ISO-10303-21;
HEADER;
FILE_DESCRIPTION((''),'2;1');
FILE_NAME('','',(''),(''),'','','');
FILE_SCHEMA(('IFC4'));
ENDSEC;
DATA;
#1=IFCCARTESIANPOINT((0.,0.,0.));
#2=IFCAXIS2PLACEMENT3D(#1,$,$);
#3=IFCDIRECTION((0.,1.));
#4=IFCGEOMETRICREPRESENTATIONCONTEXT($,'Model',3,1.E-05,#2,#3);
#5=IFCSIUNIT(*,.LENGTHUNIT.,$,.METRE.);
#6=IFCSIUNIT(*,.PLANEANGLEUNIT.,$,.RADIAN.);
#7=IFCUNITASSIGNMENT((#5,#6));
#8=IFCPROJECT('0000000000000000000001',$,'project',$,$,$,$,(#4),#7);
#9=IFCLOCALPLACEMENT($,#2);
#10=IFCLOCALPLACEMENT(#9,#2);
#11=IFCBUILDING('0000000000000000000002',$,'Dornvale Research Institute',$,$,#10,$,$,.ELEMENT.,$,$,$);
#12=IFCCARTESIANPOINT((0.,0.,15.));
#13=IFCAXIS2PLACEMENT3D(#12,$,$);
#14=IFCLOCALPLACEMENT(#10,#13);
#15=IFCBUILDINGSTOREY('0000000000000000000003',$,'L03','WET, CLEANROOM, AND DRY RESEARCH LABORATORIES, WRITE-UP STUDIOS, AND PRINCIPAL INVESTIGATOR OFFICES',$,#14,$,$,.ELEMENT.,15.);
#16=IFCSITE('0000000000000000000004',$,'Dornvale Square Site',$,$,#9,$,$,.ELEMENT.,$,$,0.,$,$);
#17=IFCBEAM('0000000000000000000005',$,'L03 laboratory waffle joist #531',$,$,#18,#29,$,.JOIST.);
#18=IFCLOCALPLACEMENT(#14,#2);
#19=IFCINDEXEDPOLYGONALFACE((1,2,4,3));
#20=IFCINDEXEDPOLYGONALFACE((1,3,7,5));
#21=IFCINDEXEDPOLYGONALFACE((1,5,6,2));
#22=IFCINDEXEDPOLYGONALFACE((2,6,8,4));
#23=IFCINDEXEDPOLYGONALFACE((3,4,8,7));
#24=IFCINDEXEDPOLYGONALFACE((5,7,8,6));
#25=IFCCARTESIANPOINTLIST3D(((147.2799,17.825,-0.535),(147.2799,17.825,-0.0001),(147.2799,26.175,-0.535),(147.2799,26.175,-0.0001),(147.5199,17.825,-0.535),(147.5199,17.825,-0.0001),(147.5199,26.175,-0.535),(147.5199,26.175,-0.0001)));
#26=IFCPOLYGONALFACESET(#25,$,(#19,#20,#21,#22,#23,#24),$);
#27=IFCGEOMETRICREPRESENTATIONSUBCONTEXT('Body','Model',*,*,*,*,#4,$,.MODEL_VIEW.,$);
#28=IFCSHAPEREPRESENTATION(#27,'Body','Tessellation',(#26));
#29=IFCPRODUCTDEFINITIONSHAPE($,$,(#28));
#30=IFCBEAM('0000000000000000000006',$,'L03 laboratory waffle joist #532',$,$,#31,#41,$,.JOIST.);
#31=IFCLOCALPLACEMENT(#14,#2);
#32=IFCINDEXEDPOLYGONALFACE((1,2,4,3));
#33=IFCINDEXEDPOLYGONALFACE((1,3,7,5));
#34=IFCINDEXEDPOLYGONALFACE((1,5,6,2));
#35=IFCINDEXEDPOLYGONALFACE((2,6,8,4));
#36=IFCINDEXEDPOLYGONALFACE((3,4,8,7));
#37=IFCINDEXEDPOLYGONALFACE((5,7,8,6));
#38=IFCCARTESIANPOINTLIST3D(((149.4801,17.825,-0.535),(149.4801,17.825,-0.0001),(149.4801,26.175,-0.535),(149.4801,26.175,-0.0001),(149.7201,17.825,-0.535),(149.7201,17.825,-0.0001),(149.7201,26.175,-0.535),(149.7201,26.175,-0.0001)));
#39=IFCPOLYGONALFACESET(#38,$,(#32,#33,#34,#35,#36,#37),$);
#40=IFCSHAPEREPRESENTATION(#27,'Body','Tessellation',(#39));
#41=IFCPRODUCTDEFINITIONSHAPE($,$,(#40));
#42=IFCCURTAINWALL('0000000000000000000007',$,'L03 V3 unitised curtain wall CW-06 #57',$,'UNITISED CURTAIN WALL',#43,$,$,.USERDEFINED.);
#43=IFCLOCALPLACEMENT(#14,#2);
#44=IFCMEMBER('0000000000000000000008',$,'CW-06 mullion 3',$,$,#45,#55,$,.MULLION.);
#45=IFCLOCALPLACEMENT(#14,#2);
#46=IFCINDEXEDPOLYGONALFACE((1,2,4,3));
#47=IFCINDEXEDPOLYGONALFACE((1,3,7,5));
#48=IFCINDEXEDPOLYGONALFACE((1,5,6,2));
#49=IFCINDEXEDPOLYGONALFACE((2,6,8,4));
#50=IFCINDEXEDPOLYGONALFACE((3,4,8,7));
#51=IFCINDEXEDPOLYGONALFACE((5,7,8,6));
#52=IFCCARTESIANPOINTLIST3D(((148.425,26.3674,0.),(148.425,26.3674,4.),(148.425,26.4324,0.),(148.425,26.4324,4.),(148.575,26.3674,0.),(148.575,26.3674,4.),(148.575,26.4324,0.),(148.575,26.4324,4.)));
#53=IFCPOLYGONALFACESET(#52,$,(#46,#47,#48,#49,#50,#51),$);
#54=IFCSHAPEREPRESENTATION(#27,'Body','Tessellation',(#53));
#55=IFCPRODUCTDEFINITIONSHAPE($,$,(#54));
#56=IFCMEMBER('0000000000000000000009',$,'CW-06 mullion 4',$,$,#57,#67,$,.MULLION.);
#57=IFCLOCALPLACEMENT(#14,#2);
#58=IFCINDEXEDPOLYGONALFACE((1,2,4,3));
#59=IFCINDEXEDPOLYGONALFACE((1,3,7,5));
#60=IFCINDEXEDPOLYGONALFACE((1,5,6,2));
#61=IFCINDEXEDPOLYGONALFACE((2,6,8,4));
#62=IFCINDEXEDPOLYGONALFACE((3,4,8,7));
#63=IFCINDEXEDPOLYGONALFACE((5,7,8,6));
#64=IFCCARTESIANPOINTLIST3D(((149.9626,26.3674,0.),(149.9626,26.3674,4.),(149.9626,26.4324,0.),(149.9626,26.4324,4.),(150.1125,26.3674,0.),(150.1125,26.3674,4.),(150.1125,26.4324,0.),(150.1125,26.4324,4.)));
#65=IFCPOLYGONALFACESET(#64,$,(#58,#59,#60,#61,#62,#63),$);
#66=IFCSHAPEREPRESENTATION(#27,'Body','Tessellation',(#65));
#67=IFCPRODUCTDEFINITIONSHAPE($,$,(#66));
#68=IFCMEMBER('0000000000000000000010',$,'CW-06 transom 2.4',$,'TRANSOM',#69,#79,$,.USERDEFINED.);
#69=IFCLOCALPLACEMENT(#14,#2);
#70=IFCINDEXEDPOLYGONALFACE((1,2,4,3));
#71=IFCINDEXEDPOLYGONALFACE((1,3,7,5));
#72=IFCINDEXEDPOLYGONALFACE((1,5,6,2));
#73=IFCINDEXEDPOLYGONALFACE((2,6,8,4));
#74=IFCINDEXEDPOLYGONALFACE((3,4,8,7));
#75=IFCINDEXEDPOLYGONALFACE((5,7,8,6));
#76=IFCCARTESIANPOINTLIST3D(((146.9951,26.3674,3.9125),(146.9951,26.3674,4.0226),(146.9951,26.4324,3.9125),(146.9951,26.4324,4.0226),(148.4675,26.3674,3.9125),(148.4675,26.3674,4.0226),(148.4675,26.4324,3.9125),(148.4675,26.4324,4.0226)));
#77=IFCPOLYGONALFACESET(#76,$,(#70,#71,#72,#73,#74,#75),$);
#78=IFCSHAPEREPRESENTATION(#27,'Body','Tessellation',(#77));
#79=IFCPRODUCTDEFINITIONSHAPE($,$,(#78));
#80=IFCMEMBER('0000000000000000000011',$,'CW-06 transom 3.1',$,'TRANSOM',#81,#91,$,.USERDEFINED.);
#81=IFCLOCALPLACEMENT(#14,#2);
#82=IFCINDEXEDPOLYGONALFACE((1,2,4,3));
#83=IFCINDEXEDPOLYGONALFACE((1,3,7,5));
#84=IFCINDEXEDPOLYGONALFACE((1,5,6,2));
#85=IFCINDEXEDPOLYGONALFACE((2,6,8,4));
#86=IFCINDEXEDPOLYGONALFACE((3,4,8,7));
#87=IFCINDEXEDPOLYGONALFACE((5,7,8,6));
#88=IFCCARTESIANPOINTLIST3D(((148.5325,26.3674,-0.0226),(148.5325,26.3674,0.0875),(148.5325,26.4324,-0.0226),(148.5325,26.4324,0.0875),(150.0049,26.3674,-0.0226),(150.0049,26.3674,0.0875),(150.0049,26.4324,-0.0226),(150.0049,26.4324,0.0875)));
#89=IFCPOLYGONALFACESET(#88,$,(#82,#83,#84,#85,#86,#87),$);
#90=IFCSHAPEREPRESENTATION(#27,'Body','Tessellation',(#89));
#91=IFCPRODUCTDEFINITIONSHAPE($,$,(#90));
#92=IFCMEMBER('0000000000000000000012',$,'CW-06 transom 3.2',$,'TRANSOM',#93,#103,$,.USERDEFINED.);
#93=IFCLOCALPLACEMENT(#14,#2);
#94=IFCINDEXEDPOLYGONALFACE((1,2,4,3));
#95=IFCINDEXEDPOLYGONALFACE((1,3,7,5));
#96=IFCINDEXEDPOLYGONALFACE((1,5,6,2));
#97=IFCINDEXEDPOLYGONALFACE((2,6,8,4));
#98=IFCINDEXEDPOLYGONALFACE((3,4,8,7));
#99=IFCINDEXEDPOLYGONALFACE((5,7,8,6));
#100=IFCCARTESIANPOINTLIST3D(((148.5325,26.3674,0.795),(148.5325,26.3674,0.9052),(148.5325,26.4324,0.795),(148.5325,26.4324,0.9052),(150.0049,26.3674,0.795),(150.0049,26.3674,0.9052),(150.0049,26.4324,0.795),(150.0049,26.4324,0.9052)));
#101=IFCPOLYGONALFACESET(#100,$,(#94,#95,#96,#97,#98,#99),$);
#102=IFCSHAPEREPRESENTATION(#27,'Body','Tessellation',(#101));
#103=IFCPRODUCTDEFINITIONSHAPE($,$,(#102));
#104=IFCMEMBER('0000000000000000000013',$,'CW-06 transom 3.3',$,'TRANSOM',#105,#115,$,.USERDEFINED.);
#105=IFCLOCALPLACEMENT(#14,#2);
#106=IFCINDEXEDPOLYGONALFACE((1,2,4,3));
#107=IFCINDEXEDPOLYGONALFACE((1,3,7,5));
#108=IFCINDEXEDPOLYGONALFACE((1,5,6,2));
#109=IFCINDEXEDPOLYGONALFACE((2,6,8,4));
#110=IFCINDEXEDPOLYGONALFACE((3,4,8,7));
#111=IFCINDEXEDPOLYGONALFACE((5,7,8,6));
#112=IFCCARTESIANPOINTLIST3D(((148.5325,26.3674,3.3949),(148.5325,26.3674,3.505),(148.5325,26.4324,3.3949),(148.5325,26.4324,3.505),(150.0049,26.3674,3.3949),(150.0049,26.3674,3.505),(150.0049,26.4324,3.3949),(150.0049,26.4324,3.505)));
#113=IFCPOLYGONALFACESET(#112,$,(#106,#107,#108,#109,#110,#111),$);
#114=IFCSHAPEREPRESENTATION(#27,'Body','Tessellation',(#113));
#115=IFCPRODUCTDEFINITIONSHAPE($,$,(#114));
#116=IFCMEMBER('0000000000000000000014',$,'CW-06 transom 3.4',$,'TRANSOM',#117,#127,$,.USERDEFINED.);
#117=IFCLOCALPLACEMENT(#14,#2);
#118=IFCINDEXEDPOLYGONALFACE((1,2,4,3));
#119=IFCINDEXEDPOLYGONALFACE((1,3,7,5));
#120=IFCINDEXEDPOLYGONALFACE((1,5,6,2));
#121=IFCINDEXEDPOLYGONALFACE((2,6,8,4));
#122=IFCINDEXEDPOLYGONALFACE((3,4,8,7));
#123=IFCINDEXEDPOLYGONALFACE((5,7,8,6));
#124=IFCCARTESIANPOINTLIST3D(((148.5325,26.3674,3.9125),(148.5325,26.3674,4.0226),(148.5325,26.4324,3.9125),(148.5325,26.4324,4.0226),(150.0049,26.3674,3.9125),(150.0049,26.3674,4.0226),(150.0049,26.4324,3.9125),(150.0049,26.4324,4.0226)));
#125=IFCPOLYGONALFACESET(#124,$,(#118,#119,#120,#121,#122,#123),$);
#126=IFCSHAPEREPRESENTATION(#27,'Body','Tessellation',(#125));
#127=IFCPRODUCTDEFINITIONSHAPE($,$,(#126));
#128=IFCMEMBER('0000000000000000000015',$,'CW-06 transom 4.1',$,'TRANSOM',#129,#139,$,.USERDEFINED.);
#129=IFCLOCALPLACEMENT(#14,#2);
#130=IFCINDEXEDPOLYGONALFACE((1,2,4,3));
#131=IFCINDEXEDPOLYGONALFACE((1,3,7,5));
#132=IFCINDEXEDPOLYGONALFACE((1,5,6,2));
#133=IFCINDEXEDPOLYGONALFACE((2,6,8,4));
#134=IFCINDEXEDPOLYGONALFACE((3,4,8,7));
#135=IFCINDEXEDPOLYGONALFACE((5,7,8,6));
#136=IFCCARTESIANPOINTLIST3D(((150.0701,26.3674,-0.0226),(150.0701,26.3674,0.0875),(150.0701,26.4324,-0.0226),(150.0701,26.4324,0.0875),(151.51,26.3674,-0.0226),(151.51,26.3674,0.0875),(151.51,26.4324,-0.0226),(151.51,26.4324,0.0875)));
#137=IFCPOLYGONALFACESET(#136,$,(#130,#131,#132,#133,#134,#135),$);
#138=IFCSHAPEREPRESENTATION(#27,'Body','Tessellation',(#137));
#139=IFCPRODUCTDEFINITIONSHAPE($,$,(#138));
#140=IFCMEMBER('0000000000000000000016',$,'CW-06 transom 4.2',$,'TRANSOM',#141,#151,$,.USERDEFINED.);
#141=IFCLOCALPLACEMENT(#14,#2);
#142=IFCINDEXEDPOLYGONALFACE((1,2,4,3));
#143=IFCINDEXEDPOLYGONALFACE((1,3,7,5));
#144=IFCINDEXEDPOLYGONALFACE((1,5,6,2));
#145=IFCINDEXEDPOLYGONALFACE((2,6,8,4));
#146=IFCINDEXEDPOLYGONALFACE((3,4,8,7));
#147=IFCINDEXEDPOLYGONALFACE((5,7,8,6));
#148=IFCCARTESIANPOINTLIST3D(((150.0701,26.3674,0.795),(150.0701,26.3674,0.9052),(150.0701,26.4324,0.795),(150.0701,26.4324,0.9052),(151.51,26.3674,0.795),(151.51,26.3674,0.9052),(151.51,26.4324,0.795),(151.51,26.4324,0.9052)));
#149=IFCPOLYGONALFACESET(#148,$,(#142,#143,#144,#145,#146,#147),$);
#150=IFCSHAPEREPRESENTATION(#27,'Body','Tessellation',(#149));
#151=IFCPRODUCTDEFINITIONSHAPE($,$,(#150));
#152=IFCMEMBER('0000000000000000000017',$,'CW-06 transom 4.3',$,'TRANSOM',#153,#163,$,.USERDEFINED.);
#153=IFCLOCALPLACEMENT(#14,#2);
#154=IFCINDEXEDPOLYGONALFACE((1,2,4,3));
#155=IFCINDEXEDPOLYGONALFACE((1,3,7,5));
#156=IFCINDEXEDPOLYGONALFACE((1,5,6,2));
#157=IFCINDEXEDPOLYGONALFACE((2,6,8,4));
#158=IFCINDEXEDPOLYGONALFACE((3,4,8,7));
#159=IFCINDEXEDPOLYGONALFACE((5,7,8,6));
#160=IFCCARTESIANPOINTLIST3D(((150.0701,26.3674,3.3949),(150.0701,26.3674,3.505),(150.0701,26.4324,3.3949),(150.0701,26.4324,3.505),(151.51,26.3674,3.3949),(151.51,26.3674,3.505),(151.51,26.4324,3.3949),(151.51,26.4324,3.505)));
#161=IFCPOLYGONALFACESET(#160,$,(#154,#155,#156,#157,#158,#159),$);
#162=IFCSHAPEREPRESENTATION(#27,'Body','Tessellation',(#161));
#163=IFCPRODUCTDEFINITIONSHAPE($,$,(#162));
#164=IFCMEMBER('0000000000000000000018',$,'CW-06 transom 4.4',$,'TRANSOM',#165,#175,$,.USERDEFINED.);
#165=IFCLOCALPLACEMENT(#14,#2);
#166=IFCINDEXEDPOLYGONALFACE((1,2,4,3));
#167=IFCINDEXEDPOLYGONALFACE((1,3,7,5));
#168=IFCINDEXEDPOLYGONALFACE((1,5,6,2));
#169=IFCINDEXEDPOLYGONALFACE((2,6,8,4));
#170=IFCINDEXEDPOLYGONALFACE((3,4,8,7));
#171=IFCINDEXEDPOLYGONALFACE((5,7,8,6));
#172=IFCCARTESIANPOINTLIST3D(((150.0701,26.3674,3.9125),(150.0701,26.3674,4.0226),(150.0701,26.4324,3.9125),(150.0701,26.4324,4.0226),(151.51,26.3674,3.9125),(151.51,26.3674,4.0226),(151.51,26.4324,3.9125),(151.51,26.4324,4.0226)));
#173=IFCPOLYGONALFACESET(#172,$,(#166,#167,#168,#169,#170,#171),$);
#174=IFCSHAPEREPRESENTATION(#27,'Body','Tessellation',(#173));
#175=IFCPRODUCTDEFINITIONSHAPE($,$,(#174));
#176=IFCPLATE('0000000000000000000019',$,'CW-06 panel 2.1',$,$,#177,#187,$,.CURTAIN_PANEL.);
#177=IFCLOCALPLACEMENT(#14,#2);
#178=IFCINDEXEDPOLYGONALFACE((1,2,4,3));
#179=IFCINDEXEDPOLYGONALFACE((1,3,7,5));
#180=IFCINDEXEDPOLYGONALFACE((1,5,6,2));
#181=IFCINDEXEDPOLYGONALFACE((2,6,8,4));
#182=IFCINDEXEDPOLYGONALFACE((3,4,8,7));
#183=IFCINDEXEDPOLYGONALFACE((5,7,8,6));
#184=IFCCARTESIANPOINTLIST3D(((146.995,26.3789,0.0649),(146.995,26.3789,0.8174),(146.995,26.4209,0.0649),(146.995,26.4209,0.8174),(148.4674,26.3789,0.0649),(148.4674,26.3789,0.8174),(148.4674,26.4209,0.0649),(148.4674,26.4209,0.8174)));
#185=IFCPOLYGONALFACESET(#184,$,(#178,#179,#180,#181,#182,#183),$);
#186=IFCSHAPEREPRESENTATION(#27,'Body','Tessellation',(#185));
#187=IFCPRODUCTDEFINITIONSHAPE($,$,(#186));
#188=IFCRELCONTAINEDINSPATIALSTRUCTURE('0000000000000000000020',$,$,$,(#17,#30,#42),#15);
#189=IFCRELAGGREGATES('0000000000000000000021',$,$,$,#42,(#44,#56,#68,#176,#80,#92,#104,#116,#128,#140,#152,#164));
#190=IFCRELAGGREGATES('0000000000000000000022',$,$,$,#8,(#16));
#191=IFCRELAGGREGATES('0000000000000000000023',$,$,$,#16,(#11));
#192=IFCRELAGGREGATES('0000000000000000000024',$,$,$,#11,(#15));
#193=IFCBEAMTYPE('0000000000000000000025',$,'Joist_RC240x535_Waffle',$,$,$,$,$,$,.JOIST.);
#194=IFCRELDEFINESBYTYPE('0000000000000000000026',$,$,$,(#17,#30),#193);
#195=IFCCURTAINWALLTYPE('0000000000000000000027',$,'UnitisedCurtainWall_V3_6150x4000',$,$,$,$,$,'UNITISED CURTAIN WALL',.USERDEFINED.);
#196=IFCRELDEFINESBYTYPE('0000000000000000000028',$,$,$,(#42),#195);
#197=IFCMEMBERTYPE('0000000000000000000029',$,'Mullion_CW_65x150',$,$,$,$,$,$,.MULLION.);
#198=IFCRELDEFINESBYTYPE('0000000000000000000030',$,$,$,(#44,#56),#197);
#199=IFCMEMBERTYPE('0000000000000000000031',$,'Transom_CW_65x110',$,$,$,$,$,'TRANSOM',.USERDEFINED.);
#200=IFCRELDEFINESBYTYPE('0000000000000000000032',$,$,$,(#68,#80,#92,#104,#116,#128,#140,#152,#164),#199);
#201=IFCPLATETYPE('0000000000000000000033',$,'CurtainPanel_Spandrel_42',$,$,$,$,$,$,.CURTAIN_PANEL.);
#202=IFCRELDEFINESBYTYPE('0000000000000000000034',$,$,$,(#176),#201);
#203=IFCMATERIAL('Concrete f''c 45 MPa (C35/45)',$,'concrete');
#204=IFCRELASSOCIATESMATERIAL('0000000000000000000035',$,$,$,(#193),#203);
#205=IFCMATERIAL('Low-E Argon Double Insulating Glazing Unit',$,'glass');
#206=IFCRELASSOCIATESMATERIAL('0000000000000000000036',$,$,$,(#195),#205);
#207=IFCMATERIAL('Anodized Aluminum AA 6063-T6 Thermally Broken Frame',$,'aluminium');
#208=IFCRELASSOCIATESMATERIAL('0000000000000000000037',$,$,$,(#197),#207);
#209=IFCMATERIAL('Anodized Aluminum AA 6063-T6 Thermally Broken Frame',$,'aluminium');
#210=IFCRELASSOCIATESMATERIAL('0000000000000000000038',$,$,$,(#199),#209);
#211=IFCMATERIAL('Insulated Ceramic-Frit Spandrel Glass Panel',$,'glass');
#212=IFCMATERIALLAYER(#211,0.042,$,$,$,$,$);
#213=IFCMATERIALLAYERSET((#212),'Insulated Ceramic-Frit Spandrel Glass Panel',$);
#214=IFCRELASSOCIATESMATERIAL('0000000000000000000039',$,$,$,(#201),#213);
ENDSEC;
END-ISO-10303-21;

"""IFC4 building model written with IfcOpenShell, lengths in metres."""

from ifc_helpers import new_model, si_unit, direction, frame, origin, origin_2d, place, context, subcontext, project, spatial, rectangle, extrude, material, layer, layer_set, material_profile, profile_set, type_object, element, aggregate, save


model = new_model("IFC4")

# Units and contexts
model_context = context("Model", 3, precision=1e-05, world=origin(), true_north=direction((0.0, 1.0)))
body_context = subcontext(model_context, "Body", "Model", "MODEL_VIEW")
ifc_project = project(units=[si_unit("LENGTHUNIT", "METRE"), si_unit("PLANEANGLEUNIT", "RADIAN")], contexts=[model_context])

# Site, building, storey
site_placement = place(None, origin())
site = spatial("IfcSite", under=ifc_project, at=site_placement, Name="Dornvale Square Site", CompositionType="ELEMENT", RefElevation=0.0)
building_placement = place(site_placement, origin())
building = spatial("IfcBuilding", under=site, at=building_placement, Name="Dornvale Research Institute", CompositionType="ELEMENT")
storey_placement = place(building_placement, frame((0.0, 0.0, 15.0)))
storey = spatial("IfcBuildingStorey", under=building, at=storey_placement, Name="L03", Description="WET, CLEANROOM, AND DRY RESEARCH LABORATORIES, WRITE-UP STUDIOS, AND PRINCIPAL INVESTIGATOR OFFICES", CompositionType="ELEMENT", Elevation=15.0)

# Beams
ifc_material_1 = material(Name="Concrete f'c 45 MPa (C35/45)", Category="concrete")
ifc_material_profile_1 = material_profile(ifc_material_1, rectangle(XDim=0.24, YDim=0.5349, at=origin_2d()), Name="RC 240x535")
ifc_profile_set_1 = profile_set([ifc_material_profile_1], Name="Concrete f'c 45 MPa (C35/45)")
beam_type = type_object("IfcBeamType", Name="Joist_RC240x535_Waffle", PredefinedType="JOIST", material=ifc_profile_set_1)
for number, where, z_axis, x_axis, name in (
    (1, (147.3999, 17.825, -0.2676), (0.0, 1.0, 0.0), (-1.0, 0.0, 0.0), "L03 laboratory waffle joist #531"),
    (2, (149.6001, 17.825, -0.2676), (0.0, 1.0, 0.0), (-1.0, 0.0, 0.0), "L03 laboratory waffle joist #532"),
):
    element("IfcBeam", number, at=place(storey_placement, frame(where, z_axis=z_axis, x_axis=x_axis)), inside=storey, type_object=beam_type, Name=name, PredefinedType="JOIST", context=body_context, shape_type="SweptSolid", body=[
        extrude(rectangle(XDim=0.24, YDim=0.5349, at=origin_2d()), origin(), (0.0, 0.0, 1.0), 8.3501),
    ])

# Curtain wall, members, plate
ifc_material_2 = material(Name="Low-E Argon Double Insulating Glazing Unit", Category="glass")
curtain_wall_type = type_object("IfcCurtainWallType", Name="UnitisedCurtainWall_V3_6150x4000", ElementType="UNITISED CURTAIN WALL", PredefinedType="USERDEFINED", material=ifc_material_2)
curtain_wall_placement = place(storey_placement, origin())
curtain_wall = element("IfcCurtainWall", 3, at=curtain_wall_placement, inside=storey, type_object=curtain_wall_type, Name="L03 V3 unitised curtain wall CW-06 #57", ObjectType="UNITISED CURTAIN WALL", PredefinedType="USERDEFINED")
ifc_material_3 = material(Name="Anodized Aluminum AA 6063-T6 Thermally Broken Frame", Category="aluminium")
ifc_material_profile_2 = material_profile(ifc_material_3, rectangle(XDim=0.0649, YDim=0.1499, at=origin_2d()), Name="ALU MULLION 65x150")
ifc_profile_set_2 = profile_set([ifc_material_profile_2], Name="Anodized Aluminum AA 6063-T6 Thermally Broken Frame")
member_type_1 = type_object("IfcMemberType", Name="Mullion_CW_65x150", PredefinedType="MULLION", material=ifc_profile_set_2)
member_1_placement = place(storey_placement, frame((148.5, 26.3999, 0.0), z_axis=(0.0, 0.0, 1.0), x_axis=(0.0, 1.0, 0.0)))
member_1 = element("IfcMember", 4, at=member_1_placement, type_object=member_type_1, Name="CW-06 mullion 3", PredefinedType="MULLION", context=body_context, shape_type="SweptSolid", body=[
    extrude(rectangle(XDim=0.0649, YDim=0.1499, at=origin_2d()), origin(), (0.0, 0.0, 1.0), 4.0),
])
member_2_placement = place(storey_placement, frame((150.0376, 26.3999, 0.0), z_axis=(0.0, 0.0, 1.0), x_axis=(0.0, 1.0, 0.0)))
member_2 = element("IfcMember", 5, at=member_2_placement, type_object=member_type_1, Name="CW-06 mullion 4", PredefinedType="MULLION", context=body_context, shape_type="SweptSolid", body=[
    extrude(rectangle(XDim=0.0649, YDim=0.1499, at=origin_2d()), origin(), (0.0, 0.0, 1.0), 4.0),
])
ifc_material_4 = material(Name="Anodized Aluminum AA 6063-T6 Thermally Broken Frame", Category="aluminium")
ifc_material_profile_3 = material_profile(ifc_material_4, rectangle(XDim=0.0649, YDim=0.1101, at=origin_2d()), Name="ALU TRANSOM 65x110")
ifc_profile_set_3 = profile_set([ifc_material_profile_3], Name="Anodized Aluminum AA 6063-T6 Thermally Broken Frame")
member_type_2 = type_object("IfcMemberType", Name="Transom_CW_65x110", ElementType="TRANSOM", PredefinedType="USERDEFINED", material=ifc_profile_set_3)
member_3_placement = place(storey_placement, frame((146.9951, 26.3999, 3.9675), z_axis=(1.0, 0.0, 0.0), x_axis=(0.0, 1.0, 0.0)))
member_3 = element("IfcMember", 6, at=member_3_placement, type_object=member_type_2, Name="CW-06 transom 2.4", ObjectType="TRANSOM", PredefinedType="USERDEFINED", context=body_context, shape_type="SweptSolid", body=[
    extrude(rectangle(XDim=0.0649, YDim=0.1101, at=origin_2d()), origin(), (0.0, 0.0, 1.0), 1.4724),
])
member_4_placement = place(storey_placement, frame((148.5325, 26.3999, 0.0325), z_axis=(1.0, 0.0, 0.0), x_axis=(0.0, 1.0, 0.0)))
member_4 = element("IfcMember", 7, at=member_4_placement, type_object=member_type_2, Name="CW-06 transom 3.1", ObjectType="TRANSOM", PredefinedType="USERDEFINED", context=body_context, shape_type="SweptSolid", body=[
    extrude(rectangle(XDim=0.0649, YDim=0.1101, at=origin_2d()), origin(), (0.0, 0.0, 1.0), 1.4724),
])
member_5_placement = place(storey_placement, frame((148.5325, 26.3999, 0.8501), z_axis=(1.0, 0.0, 0.0), x_axis=(0.0, 1.0, 0.0)))
member_5 = element("IfcMember", 8, at=member_5_placement, type_object=member_type_2, Name="CW-06 transom 3.2", ObjectType="TRANSOM", PredefinedType="USERDEFINED", context=body_context, shape_type="SweptSolid", body=[
    extrude(rectangle(XDim=0.0649, YDim=0.1101, at=origin_2d()), origin(), (0.0, 0.0, 1.0), 1.4724),
])
member_6_placement = place(storey_placement, frame((148.5325, 26.3999, 3.45), z_axis=(1.0, 0.0, 0.0), x_axis=(0.0, 1.0, 0.0)))
member_6 = element("IfcMember", 9, at=member_6_placement, type_object=member_type_2, Name="CW-06 transom 3.3", ObjectType="TRANSOM", PredefinedType="USERDEFINED", context=body_context, shape_type="SweptSolid", body=[
    extrude(rectangle(XDim=0.0649, YDim=0.1101, at=origin_2d()), origin(), (0.0, 0.0, 1.0), 1.4724),
])
member_7_placement = place(storey_placement, frame((148.5325, 26.3999, 3.9675), z_axis=(1.0, 0.0, 0.0), x_axis=(0.0, 1.0, 0.0)))
member_7 = element("IfcMember", 10, at=member_7_placement, type_object=member_type_2, Name="CW-06 transom 3.4", ObjectType="TRANSOM", PredefinedType="USERDEFINED", context=body_context, shape_type="SweptSolid", body=[
    extrude(rectangle(XDim=0.0649, YDim=0.1101, at=origin_2d()), origin(), (0.0, 0.0, 1.0), 1.4724),
])
member_8_placement = place(storey_placement, frame((150.0701, 26.3999, 0.0325), z_axis=(1.0, 0.0, 0.0), x_axis=(0.0, 1.0, 0.0)))
member_8 = element("IfcMember", 11, at=member_8_placement, type_object=member_type_2, Name="CW-06 transom 4.1", ObjectType="TRANSOM", PredefinedType="USERDEFINED", context=body_context, shape_type="SweptSolid", body=[
    extrude(rectangle(XDim=0.0649, YDim=0.1101, at=origin_2d()), origin(), (0.0, 0.0, 1.0), 1.4399),
])
member_9_placement = place(storey_placement, frame((150.0701, 26.3999, 0.8501), z_axis=(1.0, 0.0, 0.0), x_axis=(0.0, 1.0, 0.0)))
member_9 = element("IfcMember", 12, at=member_9_placement, type_object=member_type_2, Name="CW-06 transom 4.2", ObjectType="TRANSOM", PredefinedType="USERDEFINED", context=body_context, shape_type="SweptSolid", body=[
    extrude(rectangle(XDim=0.0649, YDim=0.1101, at=origin_2d()), origin(), (0.0, 0.0, 1.0), 1.4399),
])
member_10_placement = place(storey_placement, frame((150.0701, 26.3999, 3.45), z_axis=(1.0, 0.0, 0.0), x_axis=(0.0, 1.0, 0.0)))
member_10 = element("IfcMember", 13, at=member_10_placement, type_object=member_type_2, Name="CW-06 transom 4.3", ObjectType="TRANSOM", PredefinedType="USERDEFINED", context=body_context, shape_type="SweptSolid", body=[
    extrude(rectangle(XDim=0.0649, YDim=0.1101, at=origin_2d()), origin(), (0.0, 0.0, 1.0), 1.4399),
])
member_11_placement = place(storey_placement, frame((150.0701, 26.3999, 3.9675), z_axis=(1.0, 0.0, 0.0), x_axis=(0.0, 1.0, 0.0)))
member_11 = element("IfcMember", 14, at=member_11_placement, type_object=member_type_2, Name="CW-06 transom 4.4", ObjectType="TRANSOM", PredefinedType="USERDEFINED", context=body_context, shape_type="SweptSolid", body=[
    extrude(rectangle(XDim=0.0649, YDim=0.1101, at=origin_2d()), origin(), (0.0, 0.0, 1.0), 1.4399),
])
ifc_material_5 = material(Name="Insulated Ceramic-Frit Spandrel Glass Panel", Category="glass")
ifc_layer_1 = layer(ifc_material_5, 0.042)
ifc_layer_set_1 = layer_set([ifc_layer_1], Name="Insulated Ceramic-Frit Spandrel Glass Panel")
plate_type_1 = type_object("IfcPlateType", Name="CurtainPanel_Spandrel_42", PredefinedType="CURTAIN_PANEL", material=ifc_layer_set_1)
plate_1_placement = place(storey_placement, frame((147.7312, 26.3999, 0.0649), z_axis=(0.0, 0.0, 1.0), x_axis=(1.0, 0.0, 0.0)))
plate_1 = element("IfcPlate", 15, at=plate_1_placement, type_object=plate_type_1, Name="CW-06 panel 2.1", PredefinedType="CURTAIN_PANEL", context=body_context, shape_type="SweptSolid", body=[
    extrude(rectangle(XDim=1.4724, YDim=0.042, at=origin_2d()), origin(), (0.0, 0.0, 1.0), 0.7524),
])
aggregate(curtain_wall, [member_1, member_2, member_3, plate_1, member_4, member_5, member_6, member_7, member_8, member_9, member_10, member_11])

save(model, "model.ifc")
